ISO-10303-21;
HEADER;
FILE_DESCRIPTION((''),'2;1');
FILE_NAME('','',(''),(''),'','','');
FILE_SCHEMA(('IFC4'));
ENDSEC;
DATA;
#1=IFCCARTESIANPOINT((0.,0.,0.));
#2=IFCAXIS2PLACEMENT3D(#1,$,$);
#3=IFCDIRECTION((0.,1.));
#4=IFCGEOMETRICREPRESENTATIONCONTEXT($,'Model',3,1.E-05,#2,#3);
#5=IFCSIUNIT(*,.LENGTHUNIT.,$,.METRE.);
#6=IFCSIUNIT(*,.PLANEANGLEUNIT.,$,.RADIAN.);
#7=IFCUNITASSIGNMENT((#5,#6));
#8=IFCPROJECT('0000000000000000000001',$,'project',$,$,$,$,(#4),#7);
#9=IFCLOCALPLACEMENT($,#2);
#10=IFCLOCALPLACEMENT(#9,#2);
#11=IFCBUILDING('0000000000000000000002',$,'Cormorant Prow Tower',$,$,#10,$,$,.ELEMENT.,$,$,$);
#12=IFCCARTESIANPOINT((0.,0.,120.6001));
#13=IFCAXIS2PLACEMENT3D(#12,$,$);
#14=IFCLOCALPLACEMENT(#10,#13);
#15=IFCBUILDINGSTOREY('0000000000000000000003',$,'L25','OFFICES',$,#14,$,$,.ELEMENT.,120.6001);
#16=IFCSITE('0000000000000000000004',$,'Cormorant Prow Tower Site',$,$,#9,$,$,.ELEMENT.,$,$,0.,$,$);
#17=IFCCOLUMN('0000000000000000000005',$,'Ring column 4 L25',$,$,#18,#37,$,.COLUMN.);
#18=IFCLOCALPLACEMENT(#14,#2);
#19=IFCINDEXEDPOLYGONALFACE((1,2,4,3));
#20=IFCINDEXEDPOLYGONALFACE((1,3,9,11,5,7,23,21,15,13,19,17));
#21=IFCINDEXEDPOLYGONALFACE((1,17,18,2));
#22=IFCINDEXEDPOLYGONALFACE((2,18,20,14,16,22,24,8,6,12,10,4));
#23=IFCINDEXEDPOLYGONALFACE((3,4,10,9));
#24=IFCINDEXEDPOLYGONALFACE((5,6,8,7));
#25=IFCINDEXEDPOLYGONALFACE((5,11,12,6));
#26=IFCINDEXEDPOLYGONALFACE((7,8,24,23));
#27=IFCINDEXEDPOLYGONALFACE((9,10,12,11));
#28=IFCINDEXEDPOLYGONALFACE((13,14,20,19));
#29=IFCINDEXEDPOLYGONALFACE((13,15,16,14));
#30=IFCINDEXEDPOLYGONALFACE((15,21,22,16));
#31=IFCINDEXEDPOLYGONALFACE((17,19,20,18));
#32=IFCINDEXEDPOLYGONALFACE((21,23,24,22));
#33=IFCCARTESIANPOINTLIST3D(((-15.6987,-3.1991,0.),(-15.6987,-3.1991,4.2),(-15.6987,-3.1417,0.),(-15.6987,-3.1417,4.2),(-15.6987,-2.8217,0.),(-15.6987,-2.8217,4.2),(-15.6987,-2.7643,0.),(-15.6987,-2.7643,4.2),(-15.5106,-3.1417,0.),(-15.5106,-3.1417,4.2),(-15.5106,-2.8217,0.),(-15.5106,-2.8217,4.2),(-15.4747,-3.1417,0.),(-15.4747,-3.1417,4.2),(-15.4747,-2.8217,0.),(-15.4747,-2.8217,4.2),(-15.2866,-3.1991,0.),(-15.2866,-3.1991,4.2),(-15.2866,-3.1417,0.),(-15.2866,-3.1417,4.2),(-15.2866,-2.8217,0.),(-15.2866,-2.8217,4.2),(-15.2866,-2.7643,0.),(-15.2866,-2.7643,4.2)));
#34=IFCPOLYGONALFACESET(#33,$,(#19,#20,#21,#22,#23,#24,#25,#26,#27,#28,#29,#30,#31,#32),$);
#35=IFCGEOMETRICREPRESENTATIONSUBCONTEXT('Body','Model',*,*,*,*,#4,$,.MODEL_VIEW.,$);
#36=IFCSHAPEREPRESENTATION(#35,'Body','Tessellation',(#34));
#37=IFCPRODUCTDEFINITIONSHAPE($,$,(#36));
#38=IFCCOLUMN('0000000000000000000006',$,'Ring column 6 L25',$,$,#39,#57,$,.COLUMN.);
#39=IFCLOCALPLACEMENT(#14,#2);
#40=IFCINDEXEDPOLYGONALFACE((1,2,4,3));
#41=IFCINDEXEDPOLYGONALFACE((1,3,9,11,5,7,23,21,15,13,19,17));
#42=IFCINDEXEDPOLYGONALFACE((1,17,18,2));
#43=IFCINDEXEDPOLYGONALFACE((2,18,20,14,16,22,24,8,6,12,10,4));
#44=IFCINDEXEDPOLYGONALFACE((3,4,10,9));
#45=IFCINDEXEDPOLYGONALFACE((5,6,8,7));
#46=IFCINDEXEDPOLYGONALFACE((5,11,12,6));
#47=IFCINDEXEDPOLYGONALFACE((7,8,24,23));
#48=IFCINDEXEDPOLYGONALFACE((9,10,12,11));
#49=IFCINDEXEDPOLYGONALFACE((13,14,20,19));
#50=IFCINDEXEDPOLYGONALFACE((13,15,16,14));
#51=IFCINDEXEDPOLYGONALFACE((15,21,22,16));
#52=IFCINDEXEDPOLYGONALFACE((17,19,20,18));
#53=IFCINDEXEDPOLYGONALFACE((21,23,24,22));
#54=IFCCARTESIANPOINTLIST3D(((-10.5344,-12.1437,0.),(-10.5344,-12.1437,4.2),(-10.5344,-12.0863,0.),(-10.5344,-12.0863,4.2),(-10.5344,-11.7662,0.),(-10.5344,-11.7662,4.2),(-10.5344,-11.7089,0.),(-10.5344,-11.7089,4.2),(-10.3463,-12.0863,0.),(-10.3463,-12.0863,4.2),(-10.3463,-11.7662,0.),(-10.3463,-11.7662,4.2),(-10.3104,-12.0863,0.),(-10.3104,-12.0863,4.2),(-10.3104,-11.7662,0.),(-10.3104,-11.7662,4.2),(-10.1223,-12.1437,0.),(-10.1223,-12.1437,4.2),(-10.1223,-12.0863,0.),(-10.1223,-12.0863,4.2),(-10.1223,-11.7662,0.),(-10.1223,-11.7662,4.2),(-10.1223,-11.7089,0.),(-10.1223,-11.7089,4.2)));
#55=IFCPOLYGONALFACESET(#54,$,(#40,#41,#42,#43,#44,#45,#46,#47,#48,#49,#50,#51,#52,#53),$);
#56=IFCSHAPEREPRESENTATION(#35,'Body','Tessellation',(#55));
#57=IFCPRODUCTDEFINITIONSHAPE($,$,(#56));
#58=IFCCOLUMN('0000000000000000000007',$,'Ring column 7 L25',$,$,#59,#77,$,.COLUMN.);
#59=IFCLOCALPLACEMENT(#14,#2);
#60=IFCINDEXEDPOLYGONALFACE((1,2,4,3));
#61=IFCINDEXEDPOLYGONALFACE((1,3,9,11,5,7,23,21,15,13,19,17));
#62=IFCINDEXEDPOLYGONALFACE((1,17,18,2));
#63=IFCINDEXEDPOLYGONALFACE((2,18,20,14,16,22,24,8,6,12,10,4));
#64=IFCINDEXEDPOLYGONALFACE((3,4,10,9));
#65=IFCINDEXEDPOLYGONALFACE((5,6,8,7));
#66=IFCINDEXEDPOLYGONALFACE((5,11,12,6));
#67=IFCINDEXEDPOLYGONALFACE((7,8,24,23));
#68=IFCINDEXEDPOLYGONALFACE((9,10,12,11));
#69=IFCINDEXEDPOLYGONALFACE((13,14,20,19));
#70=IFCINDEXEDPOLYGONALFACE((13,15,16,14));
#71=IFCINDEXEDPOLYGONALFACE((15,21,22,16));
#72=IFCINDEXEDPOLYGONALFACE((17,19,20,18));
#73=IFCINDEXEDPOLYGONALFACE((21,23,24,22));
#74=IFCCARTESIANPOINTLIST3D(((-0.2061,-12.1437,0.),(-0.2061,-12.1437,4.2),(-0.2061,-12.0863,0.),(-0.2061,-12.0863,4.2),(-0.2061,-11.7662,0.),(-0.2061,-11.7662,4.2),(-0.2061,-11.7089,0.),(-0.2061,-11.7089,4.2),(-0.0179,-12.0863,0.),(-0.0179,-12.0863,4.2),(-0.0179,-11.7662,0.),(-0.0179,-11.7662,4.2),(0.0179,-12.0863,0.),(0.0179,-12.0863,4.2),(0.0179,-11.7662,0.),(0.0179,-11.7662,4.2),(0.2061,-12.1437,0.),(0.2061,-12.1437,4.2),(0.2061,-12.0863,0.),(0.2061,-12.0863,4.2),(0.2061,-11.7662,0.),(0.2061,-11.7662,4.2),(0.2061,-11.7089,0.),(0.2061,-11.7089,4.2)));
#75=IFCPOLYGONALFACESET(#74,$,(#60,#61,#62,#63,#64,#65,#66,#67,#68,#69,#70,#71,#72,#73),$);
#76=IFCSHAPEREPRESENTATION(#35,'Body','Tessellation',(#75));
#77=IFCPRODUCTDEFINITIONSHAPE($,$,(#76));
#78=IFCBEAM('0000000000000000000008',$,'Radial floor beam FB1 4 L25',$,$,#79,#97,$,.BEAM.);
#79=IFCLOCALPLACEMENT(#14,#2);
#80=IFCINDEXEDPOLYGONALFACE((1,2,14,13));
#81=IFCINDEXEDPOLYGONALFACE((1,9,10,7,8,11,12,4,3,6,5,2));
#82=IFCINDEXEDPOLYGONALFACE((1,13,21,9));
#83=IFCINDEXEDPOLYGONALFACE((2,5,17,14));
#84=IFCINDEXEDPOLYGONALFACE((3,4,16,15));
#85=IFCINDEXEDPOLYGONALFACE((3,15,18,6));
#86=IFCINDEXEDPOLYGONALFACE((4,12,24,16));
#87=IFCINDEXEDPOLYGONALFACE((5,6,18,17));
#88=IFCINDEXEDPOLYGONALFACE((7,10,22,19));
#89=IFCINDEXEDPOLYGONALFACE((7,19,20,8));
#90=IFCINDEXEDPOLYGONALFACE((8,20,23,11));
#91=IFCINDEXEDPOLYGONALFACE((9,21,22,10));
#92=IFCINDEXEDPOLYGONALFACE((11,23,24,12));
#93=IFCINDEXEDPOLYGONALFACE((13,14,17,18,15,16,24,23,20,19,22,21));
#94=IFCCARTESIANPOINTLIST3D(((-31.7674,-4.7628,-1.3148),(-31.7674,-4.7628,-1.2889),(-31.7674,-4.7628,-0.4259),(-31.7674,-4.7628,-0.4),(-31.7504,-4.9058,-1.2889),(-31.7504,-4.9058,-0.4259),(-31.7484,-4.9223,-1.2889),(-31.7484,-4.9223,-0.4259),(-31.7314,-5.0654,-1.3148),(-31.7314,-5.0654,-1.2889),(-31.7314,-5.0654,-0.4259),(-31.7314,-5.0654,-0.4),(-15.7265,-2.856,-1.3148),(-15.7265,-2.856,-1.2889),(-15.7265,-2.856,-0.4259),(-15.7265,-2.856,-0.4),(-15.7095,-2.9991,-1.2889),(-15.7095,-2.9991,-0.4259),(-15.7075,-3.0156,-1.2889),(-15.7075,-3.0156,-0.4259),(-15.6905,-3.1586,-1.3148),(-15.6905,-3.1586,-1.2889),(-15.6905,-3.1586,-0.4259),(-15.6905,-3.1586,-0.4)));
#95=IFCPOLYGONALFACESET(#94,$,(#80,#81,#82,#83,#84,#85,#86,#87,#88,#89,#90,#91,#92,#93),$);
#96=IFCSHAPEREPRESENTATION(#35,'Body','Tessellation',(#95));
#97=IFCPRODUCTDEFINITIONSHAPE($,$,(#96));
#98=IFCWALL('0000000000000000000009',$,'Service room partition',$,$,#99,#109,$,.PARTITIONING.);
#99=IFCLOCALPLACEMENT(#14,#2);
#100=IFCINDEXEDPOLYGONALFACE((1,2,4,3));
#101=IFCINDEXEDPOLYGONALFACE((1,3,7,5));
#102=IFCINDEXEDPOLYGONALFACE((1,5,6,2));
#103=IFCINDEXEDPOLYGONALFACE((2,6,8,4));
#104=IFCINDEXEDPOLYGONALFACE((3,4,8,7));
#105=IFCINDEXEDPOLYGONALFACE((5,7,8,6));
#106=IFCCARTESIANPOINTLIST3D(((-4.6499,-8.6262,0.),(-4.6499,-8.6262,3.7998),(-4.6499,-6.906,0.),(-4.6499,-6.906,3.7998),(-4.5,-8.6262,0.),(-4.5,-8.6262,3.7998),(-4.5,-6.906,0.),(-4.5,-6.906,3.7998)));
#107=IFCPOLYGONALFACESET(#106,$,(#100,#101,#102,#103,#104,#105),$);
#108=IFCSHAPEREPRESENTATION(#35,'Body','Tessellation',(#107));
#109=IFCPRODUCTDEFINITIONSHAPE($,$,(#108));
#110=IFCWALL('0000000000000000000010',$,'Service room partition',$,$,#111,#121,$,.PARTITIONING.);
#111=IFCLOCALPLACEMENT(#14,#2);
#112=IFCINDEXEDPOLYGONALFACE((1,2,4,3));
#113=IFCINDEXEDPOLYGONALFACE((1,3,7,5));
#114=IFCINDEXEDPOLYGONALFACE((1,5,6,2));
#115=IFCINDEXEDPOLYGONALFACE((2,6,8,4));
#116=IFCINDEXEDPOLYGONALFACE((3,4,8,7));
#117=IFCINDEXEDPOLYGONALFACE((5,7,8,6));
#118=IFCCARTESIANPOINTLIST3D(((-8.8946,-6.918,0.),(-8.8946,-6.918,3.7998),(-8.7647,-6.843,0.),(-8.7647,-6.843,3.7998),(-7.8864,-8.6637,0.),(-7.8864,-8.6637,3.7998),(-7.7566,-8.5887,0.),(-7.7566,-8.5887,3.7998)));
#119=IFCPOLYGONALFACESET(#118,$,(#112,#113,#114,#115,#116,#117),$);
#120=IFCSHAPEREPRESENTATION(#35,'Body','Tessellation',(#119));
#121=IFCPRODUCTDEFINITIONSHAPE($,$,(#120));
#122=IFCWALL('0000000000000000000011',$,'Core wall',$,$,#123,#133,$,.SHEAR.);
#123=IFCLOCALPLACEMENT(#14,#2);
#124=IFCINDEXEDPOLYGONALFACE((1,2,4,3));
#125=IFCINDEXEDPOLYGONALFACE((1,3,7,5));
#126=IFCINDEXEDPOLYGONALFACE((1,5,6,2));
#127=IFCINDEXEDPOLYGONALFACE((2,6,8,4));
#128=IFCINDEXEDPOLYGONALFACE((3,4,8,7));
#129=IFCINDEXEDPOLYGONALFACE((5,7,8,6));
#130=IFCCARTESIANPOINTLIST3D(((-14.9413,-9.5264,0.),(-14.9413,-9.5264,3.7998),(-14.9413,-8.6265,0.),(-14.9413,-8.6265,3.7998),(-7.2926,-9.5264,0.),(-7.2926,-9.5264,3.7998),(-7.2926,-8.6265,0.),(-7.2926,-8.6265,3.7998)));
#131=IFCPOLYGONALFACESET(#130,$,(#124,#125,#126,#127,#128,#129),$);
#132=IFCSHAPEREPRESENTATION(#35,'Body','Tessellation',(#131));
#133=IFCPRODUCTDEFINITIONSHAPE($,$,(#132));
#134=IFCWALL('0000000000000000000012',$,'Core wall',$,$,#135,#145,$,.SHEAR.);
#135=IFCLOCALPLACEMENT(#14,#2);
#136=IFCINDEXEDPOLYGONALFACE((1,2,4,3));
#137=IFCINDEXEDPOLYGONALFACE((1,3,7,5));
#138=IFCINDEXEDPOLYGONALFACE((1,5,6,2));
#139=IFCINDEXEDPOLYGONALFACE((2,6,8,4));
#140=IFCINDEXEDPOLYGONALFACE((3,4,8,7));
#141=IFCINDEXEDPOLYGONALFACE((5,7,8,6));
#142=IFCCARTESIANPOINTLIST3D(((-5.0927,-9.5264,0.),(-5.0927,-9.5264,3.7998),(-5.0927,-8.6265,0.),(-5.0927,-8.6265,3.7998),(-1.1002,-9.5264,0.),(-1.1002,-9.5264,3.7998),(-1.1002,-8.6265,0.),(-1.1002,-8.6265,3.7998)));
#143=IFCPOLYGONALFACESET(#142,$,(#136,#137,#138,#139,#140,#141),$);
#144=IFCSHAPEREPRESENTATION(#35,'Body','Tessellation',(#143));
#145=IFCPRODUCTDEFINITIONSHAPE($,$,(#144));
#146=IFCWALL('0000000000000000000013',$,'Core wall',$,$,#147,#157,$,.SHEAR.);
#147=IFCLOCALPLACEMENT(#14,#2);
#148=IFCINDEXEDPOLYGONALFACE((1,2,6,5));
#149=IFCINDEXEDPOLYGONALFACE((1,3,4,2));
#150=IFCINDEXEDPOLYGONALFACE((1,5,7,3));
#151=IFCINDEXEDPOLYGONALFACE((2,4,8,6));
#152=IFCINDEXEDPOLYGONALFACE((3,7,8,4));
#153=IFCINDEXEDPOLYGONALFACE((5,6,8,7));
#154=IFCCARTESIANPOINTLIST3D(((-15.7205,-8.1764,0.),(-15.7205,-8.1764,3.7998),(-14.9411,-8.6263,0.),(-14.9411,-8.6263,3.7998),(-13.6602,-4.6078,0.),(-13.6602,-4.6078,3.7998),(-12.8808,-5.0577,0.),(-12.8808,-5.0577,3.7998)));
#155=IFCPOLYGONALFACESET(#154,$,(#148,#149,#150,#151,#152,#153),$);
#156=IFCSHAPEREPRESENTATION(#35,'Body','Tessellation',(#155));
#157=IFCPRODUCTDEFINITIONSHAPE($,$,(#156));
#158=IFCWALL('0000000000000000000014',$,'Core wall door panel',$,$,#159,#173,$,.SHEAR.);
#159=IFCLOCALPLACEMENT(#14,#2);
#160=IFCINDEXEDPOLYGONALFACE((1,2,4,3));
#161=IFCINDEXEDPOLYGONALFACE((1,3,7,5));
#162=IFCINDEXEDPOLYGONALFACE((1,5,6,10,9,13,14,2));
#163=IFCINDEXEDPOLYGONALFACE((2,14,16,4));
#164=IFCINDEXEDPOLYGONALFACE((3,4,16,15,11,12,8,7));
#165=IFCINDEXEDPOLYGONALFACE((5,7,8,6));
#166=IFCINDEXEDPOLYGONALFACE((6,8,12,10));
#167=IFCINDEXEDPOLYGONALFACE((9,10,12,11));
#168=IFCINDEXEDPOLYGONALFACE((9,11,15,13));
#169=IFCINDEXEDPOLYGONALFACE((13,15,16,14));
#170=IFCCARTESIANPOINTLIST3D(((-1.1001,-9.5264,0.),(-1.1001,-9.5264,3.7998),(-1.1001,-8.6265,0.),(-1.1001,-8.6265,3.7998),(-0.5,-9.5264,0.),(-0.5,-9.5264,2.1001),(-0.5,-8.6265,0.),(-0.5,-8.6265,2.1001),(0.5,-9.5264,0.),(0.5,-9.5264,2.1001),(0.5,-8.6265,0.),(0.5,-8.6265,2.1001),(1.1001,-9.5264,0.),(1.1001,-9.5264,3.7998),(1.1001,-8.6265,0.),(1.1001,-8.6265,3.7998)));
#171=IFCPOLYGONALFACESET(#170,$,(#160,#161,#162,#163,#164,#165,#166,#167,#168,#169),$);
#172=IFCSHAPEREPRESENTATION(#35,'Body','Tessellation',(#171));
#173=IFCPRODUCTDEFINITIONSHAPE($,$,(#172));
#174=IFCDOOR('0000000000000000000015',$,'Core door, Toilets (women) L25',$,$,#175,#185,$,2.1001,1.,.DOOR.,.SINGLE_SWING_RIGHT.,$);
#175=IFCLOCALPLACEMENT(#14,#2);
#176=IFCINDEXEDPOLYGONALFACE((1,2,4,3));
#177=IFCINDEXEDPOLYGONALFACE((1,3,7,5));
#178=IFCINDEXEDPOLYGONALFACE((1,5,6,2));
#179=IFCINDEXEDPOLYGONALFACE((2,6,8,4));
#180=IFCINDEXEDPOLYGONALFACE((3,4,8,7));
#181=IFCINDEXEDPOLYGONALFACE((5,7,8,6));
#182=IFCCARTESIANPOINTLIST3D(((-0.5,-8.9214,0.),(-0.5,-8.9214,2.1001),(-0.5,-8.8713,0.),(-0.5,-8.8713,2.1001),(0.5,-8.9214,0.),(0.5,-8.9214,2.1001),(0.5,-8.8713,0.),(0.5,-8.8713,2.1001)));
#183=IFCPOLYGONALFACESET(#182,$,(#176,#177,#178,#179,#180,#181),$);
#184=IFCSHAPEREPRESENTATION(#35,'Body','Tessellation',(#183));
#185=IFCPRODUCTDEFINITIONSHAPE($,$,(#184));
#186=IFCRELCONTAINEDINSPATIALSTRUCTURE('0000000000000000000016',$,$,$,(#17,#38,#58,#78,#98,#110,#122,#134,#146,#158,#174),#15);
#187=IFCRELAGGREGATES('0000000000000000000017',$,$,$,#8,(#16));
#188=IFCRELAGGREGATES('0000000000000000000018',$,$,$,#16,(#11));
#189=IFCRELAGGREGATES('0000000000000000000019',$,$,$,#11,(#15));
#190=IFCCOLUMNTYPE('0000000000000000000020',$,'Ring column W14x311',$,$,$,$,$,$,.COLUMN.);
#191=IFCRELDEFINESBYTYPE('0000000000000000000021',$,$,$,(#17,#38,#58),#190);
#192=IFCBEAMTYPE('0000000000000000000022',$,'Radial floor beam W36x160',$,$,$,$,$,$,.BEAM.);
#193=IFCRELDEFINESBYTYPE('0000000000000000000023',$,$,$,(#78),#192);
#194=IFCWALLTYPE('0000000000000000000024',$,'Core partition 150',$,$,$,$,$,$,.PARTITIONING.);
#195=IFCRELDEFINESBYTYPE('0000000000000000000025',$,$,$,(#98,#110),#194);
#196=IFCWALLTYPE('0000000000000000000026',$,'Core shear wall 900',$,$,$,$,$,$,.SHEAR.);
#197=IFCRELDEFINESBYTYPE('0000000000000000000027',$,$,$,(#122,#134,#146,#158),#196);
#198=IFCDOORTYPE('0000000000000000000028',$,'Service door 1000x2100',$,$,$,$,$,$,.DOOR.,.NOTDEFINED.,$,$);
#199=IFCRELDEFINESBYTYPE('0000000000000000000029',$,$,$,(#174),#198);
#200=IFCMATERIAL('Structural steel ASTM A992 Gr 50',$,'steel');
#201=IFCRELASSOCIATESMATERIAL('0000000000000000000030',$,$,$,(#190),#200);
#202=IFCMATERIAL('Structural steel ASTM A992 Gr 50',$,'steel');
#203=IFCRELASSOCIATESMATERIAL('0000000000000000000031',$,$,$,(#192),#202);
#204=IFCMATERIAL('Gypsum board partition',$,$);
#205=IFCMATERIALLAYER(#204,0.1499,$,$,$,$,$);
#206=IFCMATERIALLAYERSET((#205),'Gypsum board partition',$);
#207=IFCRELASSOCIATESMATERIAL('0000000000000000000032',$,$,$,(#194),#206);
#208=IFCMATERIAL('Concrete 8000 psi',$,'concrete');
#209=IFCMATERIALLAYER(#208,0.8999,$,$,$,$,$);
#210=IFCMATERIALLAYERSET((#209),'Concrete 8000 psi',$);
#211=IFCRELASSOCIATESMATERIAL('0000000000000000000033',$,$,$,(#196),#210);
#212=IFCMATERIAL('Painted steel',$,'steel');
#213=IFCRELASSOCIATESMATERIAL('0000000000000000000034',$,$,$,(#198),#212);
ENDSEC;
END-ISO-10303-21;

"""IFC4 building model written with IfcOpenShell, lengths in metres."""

from ifc_helpers import new_model, si_unit, direction, frame, frame_2d, origin, origin_2d, place, context, subcontext, project, spatial, rectangle, i_section, extrude, material, layer, layer_set, material_profile, profile_set, type_object, element, fill, save


model = new_model("IFC4")

# Units and contexts
model_context = context("Model", 3, precision=1e-05, world=origin(), true_north=direction((0.0, 1.0)))
body_context = subcontext(model_context, "Body", "Model", "MODEL_VIEW")
ifc_project = project(units=[si_unit("LENGTHUNIT", "METRE"), si_unit("PLANEANGLEUNIT", "RADIAN")], contexts=[model_context])

# Site, building, storey
site_placement = place(None, origin())
site = spatial("IfcSite", under=ifc_project, at=site_placement, Name="Cormorant Prow Tower Site", CompositionType="ELEMENT", RefElevation=0.0)
building_placement = place(site_placement, origin())
building = spatial("IfcBuilding", under=site, at=building_placement, Name="Cormorant Prow Tower", CompositionType="ELEMENT")
storey_placement = place(building_placement, frame((0.0, 0.0, 120.6001)))
storey = spatial("IfcBuildingStorey", under=building, at=storey_placement, Name="L25", Description="OFFICES", CompositionType="ELEMENT", Elevation=120.6001)

# Columns
ifc_material_1 = material(Name="Structural steel ASTM A992 Gr 50", Category="steel")
ifc_material_profile_1 = material_profile(ifc_material_1, i_section(OverallWidth=0.4121, OverallDepth=0.4348, WebThickness=0.0359, FlangeThickness=0.0574, at=origin_2d()), Name="W14x311")
ifc_profile_set_1 = profile_set([ifc_material_profile_1], Name="Structural steel ASTM A992 Gr 50")
column_type = type_object("IfcColumnType", Name="Ring column W14x311", PredefinedType="COLUMN", material=ifc_profile_set_1)
for number, where, z_axis, x_axis, name in (
    (1, (-15.4927, -2.9817, 0.0), (0.0, 0.0, 1.0), (1.0, 0.0, 0.0), "Ring column 4 L25"),
    (2, (-10.3284, -11.9263, 0.0), (0.0, 0.0, 1.0), (1.0, 0.0, 0.0), "Ring column 6 L25"),
    (3, (0.0, -11.9263, 0.0), (0.0, 0.0, 1.0), (1.0, 0.0, 0.0), "Ring column 7 L25"),
):
    element("IfcColumn", number, at=place(storey_placement, frame(where, z_axis=z_axis, x_axis=x_axis)), inside=storey, type_object=column_type, Name=name, PredefinedType="COLUMN", context=body_context, shape_type="SweptSolid", body=[
        extrude(i_section(OverallWidth=0.4121, OverallDepth=0.4348, WebThickness=0.0359, FlangeThickness=0.0574, at=origin_2d()), origin(), (0.0, 0.0, 1.0), 4.2),
    ])

# Beam
ifc_material_2 = material(Name="Structural steel ASTM A992 Gr 50", Category="steel")
ifc_material_profile_2 = material_profile(ifc_material_2, i_section(OverallWidth=0.3047, OverallDepth=0.9148, WebThickness=0.0166, FlangeThickness=0.0259, at=origin_2d()), Name="W36x160")
ifc_profile_set_2 = profile_set([ifc_material_profile_2], Name="Structural steel ASTM A992 Gr 50")
beam_type = type_object("IfcBeamType", Name="Radial floor beam W36x160", PredefinedType="BEAM", material=ifc_profile_set_2)
beam_placement = place(storey_placement, frame((-15.7085, -3.0073, -0.8574), z_axis=(-0.993009, -0.118037, 0.0), x_axis=(0.118037, -0.993009, 0.0)))
element("IfcBeam", 4, at=beam_placement, inside=storey, type_object=beam_type, Name="Radial floor beam FB1 4 L25", PredefinedType="BEAM", context=body_context, shape_type="SweptSolid", body=[
    extrude(i_section(OverallWidth=0.3047, OverallDepth=0.9148, WebThickness=0.0166, FlangeThickness=0.0259, at=origin_2d()), origin(), (0.0, 0.0, 1.0), 16.1538),
])

# Walls
ifc_material_3 = material(Name="Gypsum board partition")
ifc_layer_1 = layer(ifc_material_3, 0.1499)
ifc_layer_set_1 = layer_set([ifc_layer_1], Name="Gypsum board partition")
wall_type_1 = type_object("IfcWallType", Name="Core partition 150", PredefinedType="PARTITIONING", material=ifc_layer_set_1)
wall_1_placement = place(storey_placement, frame((-4.575, -6.906, 0.0), z_axis=(0.0, 0.0, 1.0), x_axis=(0.0, -1.0, 0.0)))
element("IfcWall", 5, at=wall_1_placement, inside=storey, type_object=wall_type_1, Name="Service room partition", PredefinedType="PARTITIONING", context=body_context, shape_type="SweptSolid", body=[
    extrude(rectangle(XDim=1.7202, YDim=0.1499, at=frame_2d((0.8601, 0.0))), origin(), (0.0, 0.0, 1.0), 3.7998),
])
wall_2_placement = place(storey_placement, frame((-8.8296, -6.8806, 0.0), z_axis=(0.0, 0.0, 1.0), x_axis=(0.500086, -0.865976, 0.0)))
element("IfcWall", 6, at=wall_2_placement, inside=storey, type_object=wall_type_1, Name="Service room partition", PredefinedType="PARTITIONING", context=body_context, shape_type="SweptSolid", body=[
    extrude(rectangle(XDim=2.0159, YDim=0.1499, at=frame_2d((1.0078, 0.0))), origin(), (0.0, 0.0, 1.0), 3.7998),
])
ifc_material_4 = material(Name="Concrete 8000 psi", Category="concrete")
ifc_layer_2 = layer(ifc_material_4, 0.8999)
ifc_layer_set_2 = layer_set([ifc_layer_2], Name="Concrete 8000 psi")
wall_type_2 = type_object("IfcWallType", Name="Core shear wall 900", PredefinedType="SHEAR", material=ifc_layer_set_2)
wall_3_placement = place(storey_placement, frame((-14.9412, -9.0764, 0.0), z_axis=(0.0, 0.0, 1.0), x_axis=(1.0, 0.0, 0.0)))
element("IfcWall", 7, at=wall_3_placement, inside=storey, type_object=wall_type_2, Name="Core wall", PredefinedType="SHEAR", context=body_context, shape_type="SweptSolid", body=[
    extrude(rectangle(XDim=7.6487, YDim=0.8999, at=frame_2d((3.8242, 0.0))), origin(), (0.0, 0.0, 1.0), 3.7998),
])
wall_4_placement = place(storey_placement, frame((-5.0925, -9.0764, 0.0), z_axis=(0.0, 0.0, 1.0), x_axis=(1.0, 0.0, 0.0)))
element("IfcWall", 8, at=wall_4_placement, inside=storey, type_object=wall_type_2, Name="Core wall", PredefinedType="SHEAR", context=body_context, shape_type="SweptSolid", body=[
    extrude(rectangle(XDim=3.9924, YDim=0.8999, at=frame_2d((1.9961, 0.0))), origin(), (0.0, 0.0, 1.0), 3.7998),
])
wall_5_placement = place(storey_placement, frame((-13.2705, -4.8328, 0.0), z_axis=(0.0, 0.0, 1.0), x_axis=(-0.499994, -0.866029, 0.0)))
element("IfcWall", 9, at=wall_5_placement, inside=storey, type_object=wall_type_2, Name="Core wall", PredefinedType="SHEAR", context=body_context, shape_type="SweptSolid", body=[
    extrude(rectangle(XDim=4.1206, YDim=0.8999, at=frame_2d((2.0603, 0.0))), origin(), (0.0, 0.0, 1.0), 3.7998),
])

# Wall, opening, door
wall_6_placement = place(storey_placement, frame((-1.1001, -9.0764, 0.0), z_axis=(0.0, 0.0, 1.0), x_axis=(1.0, 0.0, 0.0)))
wall_6 = element("IfcWall", 10, at=wall_6_placement, inside=storey, type_object=wall_type_2, Name="Core wall door panel", PredefinedType="SHEAR", context=body_context, shape_type="SweptSolid", body=[
    extrude(rectangle(XDim=2.2002, YDim=0.8999, at=frame_2d((1.1001, 0.0))), origin(), (0.0, 0.0, 1.0), 3.7998),
])
opening_1_placement = place(wall_6_placement, frame((0.6001, 0.0, 0.0)))
opening_1 = element("IfcOpeningElement", 11, at=opening_1_placement, cuts=wall_6, PredefinedType="OPENING", context=body_context, shape_type="SweptSolid", body=[
    extrude(rectangle(XDim=1.0, YDim=2.1001, at=frame_2d((0.5, 1.05))), frame((0.0, 0.46, 0.0), z_axis=(0.0, -1.0, 0.0), x_axis=(1.0, 0.0, 0.0)), (0.0, 0.0, 1.0), 0.9199),
])
ifc_material_5 = material(Name="Painted steel", Category="steel")
door_type_1 = type_object("IfcDoorType", Name="Service door 1000x2100", OperationType="NOTDEFINED", PredefinedType="DOOR", material=ifc_material_5)
door_1_placement = place(opening_1_placement, origin())
door_1 = element("IfcDoor", 12, at=door_1_placement, inside=storey, type_object=door_type_1, Name="Core door, Toilets (women) L25", OperationType="SINGLE_SWING_RIGHT", OverallHeight=2.1001, OverallWidth=1.0, PredefinedType="DOOR", context=body_context, shape_type="SweptSolid", body=[
    extrude(rectangle(XDim=1.0, YDim=2.1001, at=frame_2d((0.5, 1.05))), frame((0.0, 0.2051, 0.0), z_axis=(0.0, -1.0, 0.0), x_axis=(1.0, 0.0, 0.0)), (0.0, 0.0, 1.0), 0.05),
])
fill(opening_1, door_1)

save(model, "model.ifc")
